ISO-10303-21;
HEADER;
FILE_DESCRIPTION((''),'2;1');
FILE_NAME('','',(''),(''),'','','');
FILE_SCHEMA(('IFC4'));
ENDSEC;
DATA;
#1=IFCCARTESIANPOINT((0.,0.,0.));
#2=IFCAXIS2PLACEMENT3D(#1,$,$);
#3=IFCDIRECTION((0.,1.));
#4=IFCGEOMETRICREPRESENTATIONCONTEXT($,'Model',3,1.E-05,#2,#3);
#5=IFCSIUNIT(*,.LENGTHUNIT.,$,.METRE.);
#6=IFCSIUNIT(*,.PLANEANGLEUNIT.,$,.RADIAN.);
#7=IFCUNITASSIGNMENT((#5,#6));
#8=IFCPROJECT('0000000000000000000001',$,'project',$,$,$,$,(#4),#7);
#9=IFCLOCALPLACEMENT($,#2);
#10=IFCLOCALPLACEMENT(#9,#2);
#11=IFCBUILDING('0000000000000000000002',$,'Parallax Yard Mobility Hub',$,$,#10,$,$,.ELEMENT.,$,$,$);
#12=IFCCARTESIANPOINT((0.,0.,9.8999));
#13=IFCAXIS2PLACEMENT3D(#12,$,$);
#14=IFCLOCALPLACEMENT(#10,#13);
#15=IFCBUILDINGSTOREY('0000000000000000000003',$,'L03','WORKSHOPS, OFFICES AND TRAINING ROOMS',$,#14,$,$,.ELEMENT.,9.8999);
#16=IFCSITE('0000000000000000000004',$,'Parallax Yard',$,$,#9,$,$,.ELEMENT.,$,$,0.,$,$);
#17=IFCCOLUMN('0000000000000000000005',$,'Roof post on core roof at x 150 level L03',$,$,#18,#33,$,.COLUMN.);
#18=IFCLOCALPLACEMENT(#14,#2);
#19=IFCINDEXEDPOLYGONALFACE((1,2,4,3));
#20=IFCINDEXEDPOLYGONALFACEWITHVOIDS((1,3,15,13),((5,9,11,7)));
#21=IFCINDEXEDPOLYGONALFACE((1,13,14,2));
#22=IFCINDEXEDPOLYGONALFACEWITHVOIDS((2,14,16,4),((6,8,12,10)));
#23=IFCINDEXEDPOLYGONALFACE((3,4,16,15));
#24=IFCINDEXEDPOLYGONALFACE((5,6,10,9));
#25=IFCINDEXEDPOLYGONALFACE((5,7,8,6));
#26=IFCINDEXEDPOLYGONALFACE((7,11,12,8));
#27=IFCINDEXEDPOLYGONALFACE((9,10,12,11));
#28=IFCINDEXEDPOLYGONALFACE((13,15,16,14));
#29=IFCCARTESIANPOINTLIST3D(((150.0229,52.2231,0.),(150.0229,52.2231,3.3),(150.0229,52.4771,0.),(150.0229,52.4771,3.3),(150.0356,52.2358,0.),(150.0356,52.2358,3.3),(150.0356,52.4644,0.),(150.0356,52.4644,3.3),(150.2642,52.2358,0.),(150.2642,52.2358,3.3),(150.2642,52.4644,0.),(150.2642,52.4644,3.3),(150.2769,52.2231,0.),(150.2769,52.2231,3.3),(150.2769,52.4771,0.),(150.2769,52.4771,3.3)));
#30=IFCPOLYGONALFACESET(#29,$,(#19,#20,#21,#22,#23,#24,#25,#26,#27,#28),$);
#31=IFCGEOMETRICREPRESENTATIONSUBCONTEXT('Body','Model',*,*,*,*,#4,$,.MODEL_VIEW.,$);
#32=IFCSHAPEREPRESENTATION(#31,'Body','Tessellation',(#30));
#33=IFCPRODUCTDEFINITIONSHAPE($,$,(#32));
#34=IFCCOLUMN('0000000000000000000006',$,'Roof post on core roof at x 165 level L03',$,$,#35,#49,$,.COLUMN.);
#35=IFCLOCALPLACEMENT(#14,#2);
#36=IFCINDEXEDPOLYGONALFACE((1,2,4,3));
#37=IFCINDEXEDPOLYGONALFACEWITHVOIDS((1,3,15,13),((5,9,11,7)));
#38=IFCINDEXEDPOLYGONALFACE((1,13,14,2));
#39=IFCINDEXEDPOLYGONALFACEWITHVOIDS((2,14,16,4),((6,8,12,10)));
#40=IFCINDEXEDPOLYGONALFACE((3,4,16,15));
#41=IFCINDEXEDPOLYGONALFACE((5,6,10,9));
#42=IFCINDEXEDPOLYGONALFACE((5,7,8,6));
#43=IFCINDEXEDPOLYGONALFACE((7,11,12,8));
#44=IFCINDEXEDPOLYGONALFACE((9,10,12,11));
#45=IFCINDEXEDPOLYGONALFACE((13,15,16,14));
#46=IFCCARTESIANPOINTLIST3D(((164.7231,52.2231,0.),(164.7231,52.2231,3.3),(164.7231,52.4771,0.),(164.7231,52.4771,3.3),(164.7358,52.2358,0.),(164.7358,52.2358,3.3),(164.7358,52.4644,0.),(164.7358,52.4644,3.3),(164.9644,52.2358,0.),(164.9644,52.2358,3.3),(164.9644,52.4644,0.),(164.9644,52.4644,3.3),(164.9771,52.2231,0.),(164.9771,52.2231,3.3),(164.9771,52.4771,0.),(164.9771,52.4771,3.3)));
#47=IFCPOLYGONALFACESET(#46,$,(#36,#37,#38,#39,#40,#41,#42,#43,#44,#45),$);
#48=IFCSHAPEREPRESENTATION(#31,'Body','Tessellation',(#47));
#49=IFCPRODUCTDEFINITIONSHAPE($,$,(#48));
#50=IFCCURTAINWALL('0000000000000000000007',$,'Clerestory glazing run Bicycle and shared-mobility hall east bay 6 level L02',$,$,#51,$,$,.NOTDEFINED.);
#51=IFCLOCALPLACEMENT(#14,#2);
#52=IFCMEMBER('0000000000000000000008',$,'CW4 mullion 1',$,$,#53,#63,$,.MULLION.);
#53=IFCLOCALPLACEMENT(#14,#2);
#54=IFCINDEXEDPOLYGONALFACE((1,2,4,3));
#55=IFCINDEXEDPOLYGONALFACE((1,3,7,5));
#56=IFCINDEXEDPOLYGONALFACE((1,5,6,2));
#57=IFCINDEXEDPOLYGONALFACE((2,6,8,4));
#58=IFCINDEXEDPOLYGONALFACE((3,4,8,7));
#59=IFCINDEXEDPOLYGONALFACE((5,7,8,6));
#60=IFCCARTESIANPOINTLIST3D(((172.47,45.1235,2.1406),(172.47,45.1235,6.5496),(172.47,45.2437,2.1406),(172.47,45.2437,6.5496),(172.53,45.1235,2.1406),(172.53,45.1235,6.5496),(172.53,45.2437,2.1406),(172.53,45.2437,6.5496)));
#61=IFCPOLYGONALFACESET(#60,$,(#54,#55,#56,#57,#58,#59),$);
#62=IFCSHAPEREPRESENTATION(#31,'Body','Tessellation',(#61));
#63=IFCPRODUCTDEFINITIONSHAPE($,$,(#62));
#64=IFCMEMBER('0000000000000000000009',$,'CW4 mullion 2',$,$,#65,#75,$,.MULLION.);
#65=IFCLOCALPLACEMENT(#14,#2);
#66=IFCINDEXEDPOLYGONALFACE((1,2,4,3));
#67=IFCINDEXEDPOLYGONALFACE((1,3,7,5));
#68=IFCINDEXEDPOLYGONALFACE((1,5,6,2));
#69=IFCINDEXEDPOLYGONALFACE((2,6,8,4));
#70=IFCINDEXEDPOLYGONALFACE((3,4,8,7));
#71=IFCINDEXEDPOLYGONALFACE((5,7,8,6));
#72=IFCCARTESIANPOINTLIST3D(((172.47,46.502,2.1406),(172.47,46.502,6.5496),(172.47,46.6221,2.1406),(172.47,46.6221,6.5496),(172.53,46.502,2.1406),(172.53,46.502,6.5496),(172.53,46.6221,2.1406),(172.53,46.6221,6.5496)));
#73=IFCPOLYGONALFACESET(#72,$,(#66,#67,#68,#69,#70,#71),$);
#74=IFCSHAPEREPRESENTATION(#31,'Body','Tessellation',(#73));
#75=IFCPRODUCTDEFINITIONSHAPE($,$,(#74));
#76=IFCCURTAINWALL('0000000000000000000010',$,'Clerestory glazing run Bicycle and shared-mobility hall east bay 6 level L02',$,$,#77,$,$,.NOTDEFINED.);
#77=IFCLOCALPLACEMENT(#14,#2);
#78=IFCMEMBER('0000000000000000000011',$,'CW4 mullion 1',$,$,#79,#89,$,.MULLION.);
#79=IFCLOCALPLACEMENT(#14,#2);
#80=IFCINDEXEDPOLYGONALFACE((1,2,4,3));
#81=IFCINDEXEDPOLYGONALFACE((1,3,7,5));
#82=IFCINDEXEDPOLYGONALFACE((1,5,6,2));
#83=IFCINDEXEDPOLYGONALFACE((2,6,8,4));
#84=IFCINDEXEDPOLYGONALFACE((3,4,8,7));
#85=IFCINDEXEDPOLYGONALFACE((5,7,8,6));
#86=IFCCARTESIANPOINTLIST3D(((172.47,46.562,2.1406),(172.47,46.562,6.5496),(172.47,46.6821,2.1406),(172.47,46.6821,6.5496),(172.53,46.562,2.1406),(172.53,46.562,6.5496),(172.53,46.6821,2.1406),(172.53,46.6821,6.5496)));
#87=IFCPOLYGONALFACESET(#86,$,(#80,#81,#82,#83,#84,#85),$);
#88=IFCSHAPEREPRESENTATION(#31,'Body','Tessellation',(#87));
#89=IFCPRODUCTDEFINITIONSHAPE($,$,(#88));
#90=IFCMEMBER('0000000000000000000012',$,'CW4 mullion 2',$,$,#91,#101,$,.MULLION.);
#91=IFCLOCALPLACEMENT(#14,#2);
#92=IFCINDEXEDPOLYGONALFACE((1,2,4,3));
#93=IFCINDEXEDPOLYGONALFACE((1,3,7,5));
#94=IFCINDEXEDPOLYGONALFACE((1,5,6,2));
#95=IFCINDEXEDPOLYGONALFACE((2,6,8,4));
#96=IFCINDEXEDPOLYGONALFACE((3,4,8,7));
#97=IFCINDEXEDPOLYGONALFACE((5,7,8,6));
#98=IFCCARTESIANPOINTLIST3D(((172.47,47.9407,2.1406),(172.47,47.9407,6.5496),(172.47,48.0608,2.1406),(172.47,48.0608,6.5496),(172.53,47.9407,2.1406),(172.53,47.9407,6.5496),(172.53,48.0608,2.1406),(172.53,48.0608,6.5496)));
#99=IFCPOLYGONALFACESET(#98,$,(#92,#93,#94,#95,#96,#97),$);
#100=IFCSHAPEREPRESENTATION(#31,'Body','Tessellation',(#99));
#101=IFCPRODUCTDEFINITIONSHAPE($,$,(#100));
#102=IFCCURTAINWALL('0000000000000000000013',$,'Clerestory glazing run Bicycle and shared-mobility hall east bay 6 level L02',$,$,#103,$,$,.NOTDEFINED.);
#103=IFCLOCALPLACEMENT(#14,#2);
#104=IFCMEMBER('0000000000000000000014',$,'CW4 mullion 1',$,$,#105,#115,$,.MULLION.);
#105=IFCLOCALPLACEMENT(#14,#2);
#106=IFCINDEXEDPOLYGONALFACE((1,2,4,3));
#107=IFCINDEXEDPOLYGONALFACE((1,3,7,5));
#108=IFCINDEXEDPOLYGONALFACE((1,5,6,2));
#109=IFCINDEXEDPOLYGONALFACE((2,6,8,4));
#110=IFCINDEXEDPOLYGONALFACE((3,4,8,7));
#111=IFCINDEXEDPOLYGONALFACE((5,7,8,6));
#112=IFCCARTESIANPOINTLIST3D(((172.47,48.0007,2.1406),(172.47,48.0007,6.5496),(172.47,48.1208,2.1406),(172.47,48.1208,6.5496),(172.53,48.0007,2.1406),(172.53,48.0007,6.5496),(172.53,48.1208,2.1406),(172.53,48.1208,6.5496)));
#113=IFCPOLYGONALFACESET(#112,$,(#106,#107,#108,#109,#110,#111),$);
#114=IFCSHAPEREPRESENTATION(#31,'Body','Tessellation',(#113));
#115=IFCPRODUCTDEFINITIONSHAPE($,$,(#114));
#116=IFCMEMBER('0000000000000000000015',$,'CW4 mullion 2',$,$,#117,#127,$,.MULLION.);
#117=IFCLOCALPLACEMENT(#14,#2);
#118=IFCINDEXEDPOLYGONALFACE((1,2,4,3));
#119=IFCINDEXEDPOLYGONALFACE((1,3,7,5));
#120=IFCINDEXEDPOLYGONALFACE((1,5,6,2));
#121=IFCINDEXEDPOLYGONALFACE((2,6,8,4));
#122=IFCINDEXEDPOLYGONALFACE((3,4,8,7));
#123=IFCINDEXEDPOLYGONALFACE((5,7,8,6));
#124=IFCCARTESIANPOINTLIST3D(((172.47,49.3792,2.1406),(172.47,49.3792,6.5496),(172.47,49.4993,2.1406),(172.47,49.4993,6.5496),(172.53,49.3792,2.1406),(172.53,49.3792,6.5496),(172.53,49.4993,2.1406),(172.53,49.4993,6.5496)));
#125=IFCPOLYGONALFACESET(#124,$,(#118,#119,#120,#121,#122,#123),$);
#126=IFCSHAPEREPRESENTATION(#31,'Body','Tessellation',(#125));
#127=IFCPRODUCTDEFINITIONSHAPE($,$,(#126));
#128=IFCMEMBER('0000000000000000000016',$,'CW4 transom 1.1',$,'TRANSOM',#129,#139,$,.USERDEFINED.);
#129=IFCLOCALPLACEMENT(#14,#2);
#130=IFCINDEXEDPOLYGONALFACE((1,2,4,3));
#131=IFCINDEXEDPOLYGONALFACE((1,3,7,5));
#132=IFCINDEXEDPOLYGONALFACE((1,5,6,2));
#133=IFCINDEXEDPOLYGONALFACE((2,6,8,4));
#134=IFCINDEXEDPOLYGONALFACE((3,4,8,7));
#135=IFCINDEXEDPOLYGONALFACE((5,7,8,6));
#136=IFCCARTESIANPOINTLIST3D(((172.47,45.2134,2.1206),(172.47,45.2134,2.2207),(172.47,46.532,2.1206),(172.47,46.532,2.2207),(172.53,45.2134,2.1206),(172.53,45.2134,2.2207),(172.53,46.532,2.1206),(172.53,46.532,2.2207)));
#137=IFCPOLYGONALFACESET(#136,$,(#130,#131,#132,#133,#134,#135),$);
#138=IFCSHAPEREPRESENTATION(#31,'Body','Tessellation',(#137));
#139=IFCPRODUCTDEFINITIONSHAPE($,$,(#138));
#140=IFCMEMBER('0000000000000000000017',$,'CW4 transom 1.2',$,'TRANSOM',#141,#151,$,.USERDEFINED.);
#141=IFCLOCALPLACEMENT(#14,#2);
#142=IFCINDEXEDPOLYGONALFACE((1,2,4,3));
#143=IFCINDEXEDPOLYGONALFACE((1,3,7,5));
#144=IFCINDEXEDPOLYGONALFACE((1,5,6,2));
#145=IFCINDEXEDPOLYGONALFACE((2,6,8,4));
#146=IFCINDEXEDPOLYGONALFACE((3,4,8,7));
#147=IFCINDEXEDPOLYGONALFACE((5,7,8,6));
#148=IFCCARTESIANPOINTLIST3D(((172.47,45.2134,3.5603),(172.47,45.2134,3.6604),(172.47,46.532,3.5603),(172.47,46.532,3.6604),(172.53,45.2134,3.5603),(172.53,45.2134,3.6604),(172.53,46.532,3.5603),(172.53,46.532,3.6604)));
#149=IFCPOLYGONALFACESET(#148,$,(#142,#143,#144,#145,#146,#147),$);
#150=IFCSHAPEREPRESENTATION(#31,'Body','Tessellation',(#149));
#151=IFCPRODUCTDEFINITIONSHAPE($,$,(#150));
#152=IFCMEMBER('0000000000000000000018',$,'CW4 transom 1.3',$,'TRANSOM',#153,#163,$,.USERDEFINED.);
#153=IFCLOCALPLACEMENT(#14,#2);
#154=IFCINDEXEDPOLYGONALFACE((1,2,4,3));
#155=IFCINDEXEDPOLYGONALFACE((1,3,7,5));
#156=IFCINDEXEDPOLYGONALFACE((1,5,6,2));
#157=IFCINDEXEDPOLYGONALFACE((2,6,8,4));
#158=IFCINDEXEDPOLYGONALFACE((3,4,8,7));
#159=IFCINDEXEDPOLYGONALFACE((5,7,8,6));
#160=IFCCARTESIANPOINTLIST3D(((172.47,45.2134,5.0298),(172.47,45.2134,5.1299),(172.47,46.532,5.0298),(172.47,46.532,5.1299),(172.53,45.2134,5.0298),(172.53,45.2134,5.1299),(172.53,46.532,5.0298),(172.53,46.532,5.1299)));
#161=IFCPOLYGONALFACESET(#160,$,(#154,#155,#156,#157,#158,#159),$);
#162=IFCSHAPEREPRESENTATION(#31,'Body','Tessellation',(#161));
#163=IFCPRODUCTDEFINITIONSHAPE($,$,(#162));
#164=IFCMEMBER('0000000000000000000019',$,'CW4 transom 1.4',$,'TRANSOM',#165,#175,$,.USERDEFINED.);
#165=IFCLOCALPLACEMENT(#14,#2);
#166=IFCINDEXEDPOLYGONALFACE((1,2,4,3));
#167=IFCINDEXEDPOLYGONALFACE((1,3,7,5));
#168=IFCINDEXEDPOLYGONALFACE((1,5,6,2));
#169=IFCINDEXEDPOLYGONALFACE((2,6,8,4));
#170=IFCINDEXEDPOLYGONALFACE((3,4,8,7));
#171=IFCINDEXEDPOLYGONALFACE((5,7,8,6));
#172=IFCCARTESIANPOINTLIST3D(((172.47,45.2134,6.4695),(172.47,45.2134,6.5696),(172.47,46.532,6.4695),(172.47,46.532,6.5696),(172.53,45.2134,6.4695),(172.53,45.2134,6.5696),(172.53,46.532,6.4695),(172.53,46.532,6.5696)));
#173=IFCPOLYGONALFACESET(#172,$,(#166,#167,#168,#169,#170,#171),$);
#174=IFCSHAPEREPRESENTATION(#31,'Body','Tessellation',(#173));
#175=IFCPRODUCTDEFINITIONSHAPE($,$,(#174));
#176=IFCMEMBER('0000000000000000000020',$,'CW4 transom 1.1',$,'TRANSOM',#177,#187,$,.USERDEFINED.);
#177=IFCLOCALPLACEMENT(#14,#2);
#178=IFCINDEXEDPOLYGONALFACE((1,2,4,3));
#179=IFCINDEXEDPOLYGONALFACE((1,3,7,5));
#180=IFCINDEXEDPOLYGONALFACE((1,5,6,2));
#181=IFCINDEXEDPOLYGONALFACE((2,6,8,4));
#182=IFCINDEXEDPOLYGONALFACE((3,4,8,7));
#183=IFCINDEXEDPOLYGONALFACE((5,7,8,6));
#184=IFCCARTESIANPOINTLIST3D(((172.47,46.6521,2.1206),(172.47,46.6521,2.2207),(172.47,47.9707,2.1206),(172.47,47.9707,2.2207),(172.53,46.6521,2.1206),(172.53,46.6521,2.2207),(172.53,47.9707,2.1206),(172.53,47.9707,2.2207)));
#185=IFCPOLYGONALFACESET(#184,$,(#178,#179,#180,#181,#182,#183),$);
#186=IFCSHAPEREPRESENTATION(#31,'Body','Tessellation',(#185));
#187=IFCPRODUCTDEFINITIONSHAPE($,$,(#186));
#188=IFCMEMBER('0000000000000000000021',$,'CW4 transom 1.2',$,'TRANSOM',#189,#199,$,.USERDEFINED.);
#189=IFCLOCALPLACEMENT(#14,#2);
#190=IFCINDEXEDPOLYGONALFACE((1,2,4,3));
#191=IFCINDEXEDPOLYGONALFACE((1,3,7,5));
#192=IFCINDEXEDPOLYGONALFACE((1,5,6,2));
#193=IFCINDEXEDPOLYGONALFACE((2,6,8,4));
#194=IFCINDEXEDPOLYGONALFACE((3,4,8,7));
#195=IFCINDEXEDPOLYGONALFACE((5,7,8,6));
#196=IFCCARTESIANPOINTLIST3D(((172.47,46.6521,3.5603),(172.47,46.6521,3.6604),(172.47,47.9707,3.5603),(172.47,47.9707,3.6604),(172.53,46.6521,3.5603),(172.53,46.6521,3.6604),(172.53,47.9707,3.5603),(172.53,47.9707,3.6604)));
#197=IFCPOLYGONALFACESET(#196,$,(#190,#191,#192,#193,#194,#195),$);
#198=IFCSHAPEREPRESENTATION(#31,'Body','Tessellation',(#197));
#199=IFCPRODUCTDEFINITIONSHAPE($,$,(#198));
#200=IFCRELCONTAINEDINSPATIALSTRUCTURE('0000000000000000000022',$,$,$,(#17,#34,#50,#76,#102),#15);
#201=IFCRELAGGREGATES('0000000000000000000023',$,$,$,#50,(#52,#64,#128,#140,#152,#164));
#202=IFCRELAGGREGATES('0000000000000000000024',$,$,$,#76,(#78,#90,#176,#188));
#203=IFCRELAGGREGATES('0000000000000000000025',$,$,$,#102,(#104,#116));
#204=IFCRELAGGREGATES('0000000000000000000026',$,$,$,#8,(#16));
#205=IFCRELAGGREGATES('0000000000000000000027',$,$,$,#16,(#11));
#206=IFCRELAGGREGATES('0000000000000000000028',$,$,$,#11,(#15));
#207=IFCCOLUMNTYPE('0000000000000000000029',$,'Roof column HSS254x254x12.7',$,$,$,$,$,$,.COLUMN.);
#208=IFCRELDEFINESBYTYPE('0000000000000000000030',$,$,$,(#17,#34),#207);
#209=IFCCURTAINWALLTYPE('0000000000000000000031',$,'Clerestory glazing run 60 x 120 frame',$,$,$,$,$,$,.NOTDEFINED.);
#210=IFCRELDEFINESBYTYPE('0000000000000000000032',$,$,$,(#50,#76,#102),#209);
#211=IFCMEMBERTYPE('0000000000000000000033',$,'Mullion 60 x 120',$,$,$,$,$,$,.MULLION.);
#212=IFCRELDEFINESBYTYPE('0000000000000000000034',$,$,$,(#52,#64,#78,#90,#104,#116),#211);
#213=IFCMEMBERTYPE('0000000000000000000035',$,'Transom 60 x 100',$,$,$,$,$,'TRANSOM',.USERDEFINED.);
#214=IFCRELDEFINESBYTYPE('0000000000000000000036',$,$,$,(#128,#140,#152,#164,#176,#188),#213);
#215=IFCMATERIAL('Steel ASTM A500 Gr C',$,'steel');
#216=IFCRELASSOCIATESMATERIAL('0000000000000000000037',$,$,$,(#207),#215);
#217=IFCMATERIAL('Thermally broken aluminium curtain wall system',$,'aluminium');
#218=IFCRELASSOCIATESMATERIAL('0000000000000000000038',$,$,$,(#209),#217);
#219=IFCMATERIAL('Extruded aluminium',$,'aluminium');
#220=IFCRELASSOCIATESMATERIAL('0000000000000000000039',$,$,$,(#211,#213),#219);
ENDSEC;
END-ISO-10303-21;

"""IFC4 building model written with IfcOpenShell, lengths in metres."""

from ifc_helpers import new_model, si_unit, direction, frame, origin, origin_2d, place, context, subcontext, project, spatial, rectangle, hollow_rectangle, extrude, material, material_profile, profile_set, type_object, element, aggregate, save


model = new_model("IFC4")

# Units and contexts
model_context = context("Model", 3, precision=1e-05, world=origin(), true_north=direction((0.0, 1.0)))
body_context = subcontext(model_context, "Body", "Model", "MODEL_VIEW")
ifc_project = project(units=[si_unit("LENGTHUNIT", "METRE"), si_unit("PLANEANGLEUNIT", "RADIAN")], contexts=[model_context])

# Site, building, storey
site_placement = place(None, origin())
site = spatial("IfcSite", under=ifc_project, at=site_placement, Name="Parallax Yard", CompositionType="ELEMENT", RefElevation=0.0)
building_placement = place(site_placement, origin())
building = spatial("IfcBuilding", under=site, at=building_placement, Name="Parallax Yard Mobility Hub", CompositionType="ELEMENT")
storey_placement = place(building_placement, frame((0.0, 0.0, 9.8999)))
storey = spatial("IfcBuildingStorey", under=building, at=storey_placement, Name="L03", Description="WORKSHOPS, OFFICES AND TRAINING ROOMS", CompositionType="ELEMENT", Elevation=9.8999)

# Columns
ifc_material_1 = material(Name="Steel ASTM A500 Gr C", Category="steel")
ifc_material_profile_1 = material_profile(ifc_material_1, hollow_rectangle(XDim=0.2539, YDim=0.2539, WallThickness=0.0127, at=origin_2d()), Name="HSS254x254x12.7")
ifc_profile_set_1 = profile_set([ifc_material_profile_1], Name="Steel ASTM A500 Gr C")
column_type = type_object("IfcColumnType", Name="Roof column HSS254x254x12.7", PredefinedType="COLUMN", material=ifc_profile_set_1)
for number, where, z_axis, x_axis, name in (
    (1, (150.1499, 52.3501, 0.0), (0.0, 0.0, 1.0), (1.0, 0.0, 0.0), "Roof post on core roof at x 150 level L03"),
    (2, (164.8501, 52.3501, 0.0), (0.0, 0.0, 1.0), (1.0, 0.0, 0.0), "Roof post on core roof at x 165 level L03"),
):
    element("IfcColumn", number, at=place(storey_placement, frame(where, z_axis=z_axis, x_axis=x_axis)), inside=storey, type_object=column_type, Name=name, PredefinedType="COLUMN", context=body_context, shape_type="SweptSolid", body=[
        extrude(hollow_rectangle(XDim=0.2539, YDim=0.2539, WallThickness=0.0127, at=origin_2d()), origin(), (0.0, 0.0, 1.0), 3.3),
    ])

# Curtain walls, members
ifc_material_2 = material(Name="Thermally broken aluminium curtain wall system", Category="aluminium")
curtain_wall_type = type_object("IfcCurtainWallType", Name="Clerestory glazing run 60 x 120 frame", PredefinedType="NOTDEFINED", material=ifc_material_2)
curtain_wall_1_placement = place(storey_placement, origin())
curtain_wall_1 = element("IfcCurtainWall", 3, at=curtain_wall_1_placement, inside=storey, type_object=curtain_wall_type, Name="Clerestory glazing run Bicycle and shared-mobility hall east bay 6 level L02", PredefinedType="NOTDEFINED")
ifc_material_3 = material(Name="Extruded aluminium", Category="aluminium")
ifc_material_profile_2 = material_profile(ifc_material_3, rectangle(XDim=0.0601, YDim=0.1201, at=origin_2d()), Name="Mullion 60 x 120")
ifc_profile_set_2 = profile_set([ifc_material_profile_2], Name="Extruded aluminium")
member_type_1 = type_object("IfcMemberType", Name="Mullion 60 x 120", PredefinedType="MULLION", material=ifc_profile_set_2)
member_1_placement = place(storey_placement, frame((172.5, 45.1836, 2.1406), z_axis=(0.0, 0.0, 1.0), x_axis=(-1.0, 0.0, 0.0)))
member_1 = element("IfcMember", 4, at=member_1_placement, type_object=member_type_1, Name="CW4 mullion 1", PredefinedType="MULLION", context=body_context, shape_type="SweptSolid", body=[
    extrude(rectangle(XDim=0.0601, YDim=0.1201, at=origin_2d()), origin(), (0.0, 0.0, 1.0), 4.4089),
])
member_2_placement = place(storey_placement, frame((172.5, 46.562, 2.1406), z_axis=(0.0, 0.0, 1.0), x_axis=(-1.0, 0.0, 0.0)))
member_2 = element("IfcMember", 5, at=member_2_placement, type_object=member_type_1, Name="CW4 mullion 2", PredefinedType="MULLION", context=body_context, shape_type="SweptSolid", body=[
    extrude(rectangle(XDim=0.0601, YDim=0.1201, at=origin_2d()), origin(), (0.0, 0.0, 1.0), 4.4089),
])
curtain_wall_2_placement = place(storey_placement, origin())
curtain_wall_2 = element("IfcCurtainWall", 6, at=curtain_wall_2_placement, inside=storey, type_object=curtain_wall_type, Name="Clerestory glazing run Bicycle and shared-mobility hall east bay 6 level L02", PredefinedType="NOTDEFINED")
member_3_placement = place(storey_placement, frame((172.5, 46.6221, 2.1406), z_axis=(0.0, 0.0, 1.0), x_axis=(-1.0, 0.0, 0.0)))
member_3 = element("IfcMember", 7, at=member_3_placement, type_object=member_type_1, Name="CW4 mullion 1", PredefinedType="MULLION", context=body_context, shape_type="SweptSolid", body=[
    extrude(rectangle(XDim=0.0601, YDim=0.1201, at=origin_2d()), origin(), (0.0, 0.0, 1.0), 4.4089),
])
member_4_placement = place(storey_placement, frame((172.5, 48.0007, 2.1406), z_axis=(0.0, 0.0, 1.0), x_axis=(-1.0, 0.0, 0.0)))
member_4 = element("IfcMember", 8, at=member_4_placement, type_object=member_type_1, Name="CW4 mullion 2", PredefinedType="MULLION", context=body_context, shape_type="SweptSolid", body=[
    extrude(rectangle(XDim=0.0601, YDim=0.1201, at=origin_2d()), origin(), (0.0, 0.0, 1.0), 4.4089),
])
curtain_wall_3_placement = place(storey_placement, origin())
curtain_wall_3 = element("IfcCurtainWall", 9, at=curtain_wall_3_placement, inside=storey, type_object=curtain_wall_type, Name="Clerestory glazing run Bicycle and shared-mobility hall east bay 6 level L02", PredefinedType="NOTDEFINED")
member_5_placement = place(storey_placement, frame((172.5, 48.0608, 2.1406), z_axis=(0.0, 0.0, 1.0), x_axis=(-1.0, 0.0, 0.0)))
member_5 = element("IfcMember", 10, at=member_5_placement, type_object=member_type_1, Name="CW4 mullion 1", PredefinedType="MULLION", context=body_context, shape_type="SweptSolid", body=[
    extrude(rectangle(XDim=0.0601, YDim=0.1201, at=origin_2d()), origin(), (0.0, 0.0, 1.0), 4.4089),
])
member_6_placement = place(storey_placement, frame((172.5, 49.4392, 2.1406), z_axis=(0.0, 0.0, 1.0), x_axis=(-1.0, 0.0, 0.0)))
member_6 = element("IfcMember", 11, at=member_6_placement, type_object=member_type_1, Name="CW4 mullion 2", PredefinedType="MULLION", context=body_context, shape_type="SweptSolid", body=[
    extrude(rectangle(XDim=0.0601, YDim=0.1201, at=origin_2d()), origin(), (0.0, 0.0, 1.0), 4.4089),
])

# Members
ifc_material_profile_3 = material_profile(ifc_material_3, rectangle(XDim=0.0601, YDim=0.1001, at=origin_2d()), Name="Transom 60 x 100")
ifc_profile_set_3 = profile_set([ifc_material_profile_3], Name="Extruded aluminium")
member_type_2 = type_object("IfcMemberType", Name="Transom 60 x 100", ElementType="TRANSOM", PredefinedType="USERDEFINED", material=ifc_profile_set_3)
member_7_placement = place(storey_placement, frame((172.5, 45.2134, 2.1707), z_axis=(0.0, 1.0, 0.0), x_axis=(-1.0, 0.0, 0.0)))
member_7 = element("IfcMember", 12, at=member_7_placement, type_object=member_type_2, Name="CW4 transom 1.1", ObjectType="TRANSOM", PredefinedType="USERDEFINED", context=body_context, shape_type="SweptSolid", body=[
    extrude(rectangle(XDim=0.0601, YDim=0.1001, at=origin_2d()), origin(), (0.0, 0.0, 1.0), 1.3186),
])
member_8_placement = place(storey_placement, frame((172.5, 45.2134, 3.6104), z_axis=(0.0, 1.0, 0.0), x_axis=(-1.0, 0.0, 0.0)))
member_8 = element("IfcMember", 13, at=member_8_placement, type_object=member_type_2, Name="CW4 transom 1.2", ObjectType="TRANSOM", PredefinedType="USERDEFINED", context=body_context, shape_type="SweptSolid", body=[
    extrude(rectangle(XDim=0.0601, YDim=0.1001, at=origin_2d()), origin(), (0.0, 0.0, 1.0), 1.3186),
])
member_9_placement = place(storey_placement, frame((172.5, 45.2134, 5.0798), z_axis=(0.0, 1.0, 0.0), x_axis=(-1.0, 0.0, 0.0)))
member_9 = element("IfcMember", 14, at=member_9_placement, type_object=member_type_2, Name="CW4 transom 1.3", ObjectType="TRANSOM", PredefinedType="USERDEFINED", context=body_context, shape_type="SweptSolid", body=[
    extrude(rectangle(XDim=0.0601, YDim=0.1001, at=origin_2d()), origin(), (0.0, 0.0, 1.0), 1.3186),
])
member_10_placement = place(storey_placement, frame((172.5, 45.2134, 6.5195), z_axis=(0.0, 1.0, 0.0), x_axis=(-1.0, 0.0, 0.0)))
member_10 = element("IfcMember", 15, at=member_10_placement, type_object=member_type_2, Name="CW4 transom 1.4", ObjectType="TRANSOM", PredefinedType="USERDEFINED", context=body_context, shape_type="SweptSolid", body=[
    extrude(rectangle(XDim=0.0601, YDim=0.1001, at=origin_2d()), origin(), (0.0, 0.0, 1.0), 1.3186),
])
member_11_placement = place(storey_placement, frame((172.5, 46.6521, 2.1707), z_axis=(0.0, 1.0, 0.0), x_axis=(-1.0, 0.0, 0.0)))
member_11 = element("IfcMember", 16, at=member_11_placement, type_object=member_type_2, Name="CW4 transom 1.1", ObjectType="TRANSOM", PredefinedType="USERDEFINED", context=body_context, shape_type="SweptSolid", body=[
    extrude(rectangle(XDim=0.0601, YDim=0.1001, at=origin_2d()), origin(), (0.0, 0.0, 1.0), 1.3186),
])
member_12_placement = place(storey_placement, frame((172.5, 46.6521, 3.6104), z_axis=(0.0, 1.0, 0.0), x_axis=(-1.0, 0.0, 0.0)))
member_12 = element("IfcMember", 17, at=member_12_placement, type_object=member_type_2, Name="CW4 transom 1.2", ObjectType="TRANSOM", PredefinedType="USERDEFINED", context=body_context, shape_type="SweptSolid", body=[
    extrude(rectangle(XDim=0.0601, YDim=0.1001, at=origin_2d()), origin(), (0.0, 0.0, 1.0), 1.3186),
])

aggregate(curtain_wall_1, [member_1, member_2, member_7, member_8, member_9, member_10])
aggregate(curtain_wall_2, [member_3, member_4, member_11, member_12])
aggregate(curtain_wall_3, [member_5, member_6])

save(model, "model.ifc")
